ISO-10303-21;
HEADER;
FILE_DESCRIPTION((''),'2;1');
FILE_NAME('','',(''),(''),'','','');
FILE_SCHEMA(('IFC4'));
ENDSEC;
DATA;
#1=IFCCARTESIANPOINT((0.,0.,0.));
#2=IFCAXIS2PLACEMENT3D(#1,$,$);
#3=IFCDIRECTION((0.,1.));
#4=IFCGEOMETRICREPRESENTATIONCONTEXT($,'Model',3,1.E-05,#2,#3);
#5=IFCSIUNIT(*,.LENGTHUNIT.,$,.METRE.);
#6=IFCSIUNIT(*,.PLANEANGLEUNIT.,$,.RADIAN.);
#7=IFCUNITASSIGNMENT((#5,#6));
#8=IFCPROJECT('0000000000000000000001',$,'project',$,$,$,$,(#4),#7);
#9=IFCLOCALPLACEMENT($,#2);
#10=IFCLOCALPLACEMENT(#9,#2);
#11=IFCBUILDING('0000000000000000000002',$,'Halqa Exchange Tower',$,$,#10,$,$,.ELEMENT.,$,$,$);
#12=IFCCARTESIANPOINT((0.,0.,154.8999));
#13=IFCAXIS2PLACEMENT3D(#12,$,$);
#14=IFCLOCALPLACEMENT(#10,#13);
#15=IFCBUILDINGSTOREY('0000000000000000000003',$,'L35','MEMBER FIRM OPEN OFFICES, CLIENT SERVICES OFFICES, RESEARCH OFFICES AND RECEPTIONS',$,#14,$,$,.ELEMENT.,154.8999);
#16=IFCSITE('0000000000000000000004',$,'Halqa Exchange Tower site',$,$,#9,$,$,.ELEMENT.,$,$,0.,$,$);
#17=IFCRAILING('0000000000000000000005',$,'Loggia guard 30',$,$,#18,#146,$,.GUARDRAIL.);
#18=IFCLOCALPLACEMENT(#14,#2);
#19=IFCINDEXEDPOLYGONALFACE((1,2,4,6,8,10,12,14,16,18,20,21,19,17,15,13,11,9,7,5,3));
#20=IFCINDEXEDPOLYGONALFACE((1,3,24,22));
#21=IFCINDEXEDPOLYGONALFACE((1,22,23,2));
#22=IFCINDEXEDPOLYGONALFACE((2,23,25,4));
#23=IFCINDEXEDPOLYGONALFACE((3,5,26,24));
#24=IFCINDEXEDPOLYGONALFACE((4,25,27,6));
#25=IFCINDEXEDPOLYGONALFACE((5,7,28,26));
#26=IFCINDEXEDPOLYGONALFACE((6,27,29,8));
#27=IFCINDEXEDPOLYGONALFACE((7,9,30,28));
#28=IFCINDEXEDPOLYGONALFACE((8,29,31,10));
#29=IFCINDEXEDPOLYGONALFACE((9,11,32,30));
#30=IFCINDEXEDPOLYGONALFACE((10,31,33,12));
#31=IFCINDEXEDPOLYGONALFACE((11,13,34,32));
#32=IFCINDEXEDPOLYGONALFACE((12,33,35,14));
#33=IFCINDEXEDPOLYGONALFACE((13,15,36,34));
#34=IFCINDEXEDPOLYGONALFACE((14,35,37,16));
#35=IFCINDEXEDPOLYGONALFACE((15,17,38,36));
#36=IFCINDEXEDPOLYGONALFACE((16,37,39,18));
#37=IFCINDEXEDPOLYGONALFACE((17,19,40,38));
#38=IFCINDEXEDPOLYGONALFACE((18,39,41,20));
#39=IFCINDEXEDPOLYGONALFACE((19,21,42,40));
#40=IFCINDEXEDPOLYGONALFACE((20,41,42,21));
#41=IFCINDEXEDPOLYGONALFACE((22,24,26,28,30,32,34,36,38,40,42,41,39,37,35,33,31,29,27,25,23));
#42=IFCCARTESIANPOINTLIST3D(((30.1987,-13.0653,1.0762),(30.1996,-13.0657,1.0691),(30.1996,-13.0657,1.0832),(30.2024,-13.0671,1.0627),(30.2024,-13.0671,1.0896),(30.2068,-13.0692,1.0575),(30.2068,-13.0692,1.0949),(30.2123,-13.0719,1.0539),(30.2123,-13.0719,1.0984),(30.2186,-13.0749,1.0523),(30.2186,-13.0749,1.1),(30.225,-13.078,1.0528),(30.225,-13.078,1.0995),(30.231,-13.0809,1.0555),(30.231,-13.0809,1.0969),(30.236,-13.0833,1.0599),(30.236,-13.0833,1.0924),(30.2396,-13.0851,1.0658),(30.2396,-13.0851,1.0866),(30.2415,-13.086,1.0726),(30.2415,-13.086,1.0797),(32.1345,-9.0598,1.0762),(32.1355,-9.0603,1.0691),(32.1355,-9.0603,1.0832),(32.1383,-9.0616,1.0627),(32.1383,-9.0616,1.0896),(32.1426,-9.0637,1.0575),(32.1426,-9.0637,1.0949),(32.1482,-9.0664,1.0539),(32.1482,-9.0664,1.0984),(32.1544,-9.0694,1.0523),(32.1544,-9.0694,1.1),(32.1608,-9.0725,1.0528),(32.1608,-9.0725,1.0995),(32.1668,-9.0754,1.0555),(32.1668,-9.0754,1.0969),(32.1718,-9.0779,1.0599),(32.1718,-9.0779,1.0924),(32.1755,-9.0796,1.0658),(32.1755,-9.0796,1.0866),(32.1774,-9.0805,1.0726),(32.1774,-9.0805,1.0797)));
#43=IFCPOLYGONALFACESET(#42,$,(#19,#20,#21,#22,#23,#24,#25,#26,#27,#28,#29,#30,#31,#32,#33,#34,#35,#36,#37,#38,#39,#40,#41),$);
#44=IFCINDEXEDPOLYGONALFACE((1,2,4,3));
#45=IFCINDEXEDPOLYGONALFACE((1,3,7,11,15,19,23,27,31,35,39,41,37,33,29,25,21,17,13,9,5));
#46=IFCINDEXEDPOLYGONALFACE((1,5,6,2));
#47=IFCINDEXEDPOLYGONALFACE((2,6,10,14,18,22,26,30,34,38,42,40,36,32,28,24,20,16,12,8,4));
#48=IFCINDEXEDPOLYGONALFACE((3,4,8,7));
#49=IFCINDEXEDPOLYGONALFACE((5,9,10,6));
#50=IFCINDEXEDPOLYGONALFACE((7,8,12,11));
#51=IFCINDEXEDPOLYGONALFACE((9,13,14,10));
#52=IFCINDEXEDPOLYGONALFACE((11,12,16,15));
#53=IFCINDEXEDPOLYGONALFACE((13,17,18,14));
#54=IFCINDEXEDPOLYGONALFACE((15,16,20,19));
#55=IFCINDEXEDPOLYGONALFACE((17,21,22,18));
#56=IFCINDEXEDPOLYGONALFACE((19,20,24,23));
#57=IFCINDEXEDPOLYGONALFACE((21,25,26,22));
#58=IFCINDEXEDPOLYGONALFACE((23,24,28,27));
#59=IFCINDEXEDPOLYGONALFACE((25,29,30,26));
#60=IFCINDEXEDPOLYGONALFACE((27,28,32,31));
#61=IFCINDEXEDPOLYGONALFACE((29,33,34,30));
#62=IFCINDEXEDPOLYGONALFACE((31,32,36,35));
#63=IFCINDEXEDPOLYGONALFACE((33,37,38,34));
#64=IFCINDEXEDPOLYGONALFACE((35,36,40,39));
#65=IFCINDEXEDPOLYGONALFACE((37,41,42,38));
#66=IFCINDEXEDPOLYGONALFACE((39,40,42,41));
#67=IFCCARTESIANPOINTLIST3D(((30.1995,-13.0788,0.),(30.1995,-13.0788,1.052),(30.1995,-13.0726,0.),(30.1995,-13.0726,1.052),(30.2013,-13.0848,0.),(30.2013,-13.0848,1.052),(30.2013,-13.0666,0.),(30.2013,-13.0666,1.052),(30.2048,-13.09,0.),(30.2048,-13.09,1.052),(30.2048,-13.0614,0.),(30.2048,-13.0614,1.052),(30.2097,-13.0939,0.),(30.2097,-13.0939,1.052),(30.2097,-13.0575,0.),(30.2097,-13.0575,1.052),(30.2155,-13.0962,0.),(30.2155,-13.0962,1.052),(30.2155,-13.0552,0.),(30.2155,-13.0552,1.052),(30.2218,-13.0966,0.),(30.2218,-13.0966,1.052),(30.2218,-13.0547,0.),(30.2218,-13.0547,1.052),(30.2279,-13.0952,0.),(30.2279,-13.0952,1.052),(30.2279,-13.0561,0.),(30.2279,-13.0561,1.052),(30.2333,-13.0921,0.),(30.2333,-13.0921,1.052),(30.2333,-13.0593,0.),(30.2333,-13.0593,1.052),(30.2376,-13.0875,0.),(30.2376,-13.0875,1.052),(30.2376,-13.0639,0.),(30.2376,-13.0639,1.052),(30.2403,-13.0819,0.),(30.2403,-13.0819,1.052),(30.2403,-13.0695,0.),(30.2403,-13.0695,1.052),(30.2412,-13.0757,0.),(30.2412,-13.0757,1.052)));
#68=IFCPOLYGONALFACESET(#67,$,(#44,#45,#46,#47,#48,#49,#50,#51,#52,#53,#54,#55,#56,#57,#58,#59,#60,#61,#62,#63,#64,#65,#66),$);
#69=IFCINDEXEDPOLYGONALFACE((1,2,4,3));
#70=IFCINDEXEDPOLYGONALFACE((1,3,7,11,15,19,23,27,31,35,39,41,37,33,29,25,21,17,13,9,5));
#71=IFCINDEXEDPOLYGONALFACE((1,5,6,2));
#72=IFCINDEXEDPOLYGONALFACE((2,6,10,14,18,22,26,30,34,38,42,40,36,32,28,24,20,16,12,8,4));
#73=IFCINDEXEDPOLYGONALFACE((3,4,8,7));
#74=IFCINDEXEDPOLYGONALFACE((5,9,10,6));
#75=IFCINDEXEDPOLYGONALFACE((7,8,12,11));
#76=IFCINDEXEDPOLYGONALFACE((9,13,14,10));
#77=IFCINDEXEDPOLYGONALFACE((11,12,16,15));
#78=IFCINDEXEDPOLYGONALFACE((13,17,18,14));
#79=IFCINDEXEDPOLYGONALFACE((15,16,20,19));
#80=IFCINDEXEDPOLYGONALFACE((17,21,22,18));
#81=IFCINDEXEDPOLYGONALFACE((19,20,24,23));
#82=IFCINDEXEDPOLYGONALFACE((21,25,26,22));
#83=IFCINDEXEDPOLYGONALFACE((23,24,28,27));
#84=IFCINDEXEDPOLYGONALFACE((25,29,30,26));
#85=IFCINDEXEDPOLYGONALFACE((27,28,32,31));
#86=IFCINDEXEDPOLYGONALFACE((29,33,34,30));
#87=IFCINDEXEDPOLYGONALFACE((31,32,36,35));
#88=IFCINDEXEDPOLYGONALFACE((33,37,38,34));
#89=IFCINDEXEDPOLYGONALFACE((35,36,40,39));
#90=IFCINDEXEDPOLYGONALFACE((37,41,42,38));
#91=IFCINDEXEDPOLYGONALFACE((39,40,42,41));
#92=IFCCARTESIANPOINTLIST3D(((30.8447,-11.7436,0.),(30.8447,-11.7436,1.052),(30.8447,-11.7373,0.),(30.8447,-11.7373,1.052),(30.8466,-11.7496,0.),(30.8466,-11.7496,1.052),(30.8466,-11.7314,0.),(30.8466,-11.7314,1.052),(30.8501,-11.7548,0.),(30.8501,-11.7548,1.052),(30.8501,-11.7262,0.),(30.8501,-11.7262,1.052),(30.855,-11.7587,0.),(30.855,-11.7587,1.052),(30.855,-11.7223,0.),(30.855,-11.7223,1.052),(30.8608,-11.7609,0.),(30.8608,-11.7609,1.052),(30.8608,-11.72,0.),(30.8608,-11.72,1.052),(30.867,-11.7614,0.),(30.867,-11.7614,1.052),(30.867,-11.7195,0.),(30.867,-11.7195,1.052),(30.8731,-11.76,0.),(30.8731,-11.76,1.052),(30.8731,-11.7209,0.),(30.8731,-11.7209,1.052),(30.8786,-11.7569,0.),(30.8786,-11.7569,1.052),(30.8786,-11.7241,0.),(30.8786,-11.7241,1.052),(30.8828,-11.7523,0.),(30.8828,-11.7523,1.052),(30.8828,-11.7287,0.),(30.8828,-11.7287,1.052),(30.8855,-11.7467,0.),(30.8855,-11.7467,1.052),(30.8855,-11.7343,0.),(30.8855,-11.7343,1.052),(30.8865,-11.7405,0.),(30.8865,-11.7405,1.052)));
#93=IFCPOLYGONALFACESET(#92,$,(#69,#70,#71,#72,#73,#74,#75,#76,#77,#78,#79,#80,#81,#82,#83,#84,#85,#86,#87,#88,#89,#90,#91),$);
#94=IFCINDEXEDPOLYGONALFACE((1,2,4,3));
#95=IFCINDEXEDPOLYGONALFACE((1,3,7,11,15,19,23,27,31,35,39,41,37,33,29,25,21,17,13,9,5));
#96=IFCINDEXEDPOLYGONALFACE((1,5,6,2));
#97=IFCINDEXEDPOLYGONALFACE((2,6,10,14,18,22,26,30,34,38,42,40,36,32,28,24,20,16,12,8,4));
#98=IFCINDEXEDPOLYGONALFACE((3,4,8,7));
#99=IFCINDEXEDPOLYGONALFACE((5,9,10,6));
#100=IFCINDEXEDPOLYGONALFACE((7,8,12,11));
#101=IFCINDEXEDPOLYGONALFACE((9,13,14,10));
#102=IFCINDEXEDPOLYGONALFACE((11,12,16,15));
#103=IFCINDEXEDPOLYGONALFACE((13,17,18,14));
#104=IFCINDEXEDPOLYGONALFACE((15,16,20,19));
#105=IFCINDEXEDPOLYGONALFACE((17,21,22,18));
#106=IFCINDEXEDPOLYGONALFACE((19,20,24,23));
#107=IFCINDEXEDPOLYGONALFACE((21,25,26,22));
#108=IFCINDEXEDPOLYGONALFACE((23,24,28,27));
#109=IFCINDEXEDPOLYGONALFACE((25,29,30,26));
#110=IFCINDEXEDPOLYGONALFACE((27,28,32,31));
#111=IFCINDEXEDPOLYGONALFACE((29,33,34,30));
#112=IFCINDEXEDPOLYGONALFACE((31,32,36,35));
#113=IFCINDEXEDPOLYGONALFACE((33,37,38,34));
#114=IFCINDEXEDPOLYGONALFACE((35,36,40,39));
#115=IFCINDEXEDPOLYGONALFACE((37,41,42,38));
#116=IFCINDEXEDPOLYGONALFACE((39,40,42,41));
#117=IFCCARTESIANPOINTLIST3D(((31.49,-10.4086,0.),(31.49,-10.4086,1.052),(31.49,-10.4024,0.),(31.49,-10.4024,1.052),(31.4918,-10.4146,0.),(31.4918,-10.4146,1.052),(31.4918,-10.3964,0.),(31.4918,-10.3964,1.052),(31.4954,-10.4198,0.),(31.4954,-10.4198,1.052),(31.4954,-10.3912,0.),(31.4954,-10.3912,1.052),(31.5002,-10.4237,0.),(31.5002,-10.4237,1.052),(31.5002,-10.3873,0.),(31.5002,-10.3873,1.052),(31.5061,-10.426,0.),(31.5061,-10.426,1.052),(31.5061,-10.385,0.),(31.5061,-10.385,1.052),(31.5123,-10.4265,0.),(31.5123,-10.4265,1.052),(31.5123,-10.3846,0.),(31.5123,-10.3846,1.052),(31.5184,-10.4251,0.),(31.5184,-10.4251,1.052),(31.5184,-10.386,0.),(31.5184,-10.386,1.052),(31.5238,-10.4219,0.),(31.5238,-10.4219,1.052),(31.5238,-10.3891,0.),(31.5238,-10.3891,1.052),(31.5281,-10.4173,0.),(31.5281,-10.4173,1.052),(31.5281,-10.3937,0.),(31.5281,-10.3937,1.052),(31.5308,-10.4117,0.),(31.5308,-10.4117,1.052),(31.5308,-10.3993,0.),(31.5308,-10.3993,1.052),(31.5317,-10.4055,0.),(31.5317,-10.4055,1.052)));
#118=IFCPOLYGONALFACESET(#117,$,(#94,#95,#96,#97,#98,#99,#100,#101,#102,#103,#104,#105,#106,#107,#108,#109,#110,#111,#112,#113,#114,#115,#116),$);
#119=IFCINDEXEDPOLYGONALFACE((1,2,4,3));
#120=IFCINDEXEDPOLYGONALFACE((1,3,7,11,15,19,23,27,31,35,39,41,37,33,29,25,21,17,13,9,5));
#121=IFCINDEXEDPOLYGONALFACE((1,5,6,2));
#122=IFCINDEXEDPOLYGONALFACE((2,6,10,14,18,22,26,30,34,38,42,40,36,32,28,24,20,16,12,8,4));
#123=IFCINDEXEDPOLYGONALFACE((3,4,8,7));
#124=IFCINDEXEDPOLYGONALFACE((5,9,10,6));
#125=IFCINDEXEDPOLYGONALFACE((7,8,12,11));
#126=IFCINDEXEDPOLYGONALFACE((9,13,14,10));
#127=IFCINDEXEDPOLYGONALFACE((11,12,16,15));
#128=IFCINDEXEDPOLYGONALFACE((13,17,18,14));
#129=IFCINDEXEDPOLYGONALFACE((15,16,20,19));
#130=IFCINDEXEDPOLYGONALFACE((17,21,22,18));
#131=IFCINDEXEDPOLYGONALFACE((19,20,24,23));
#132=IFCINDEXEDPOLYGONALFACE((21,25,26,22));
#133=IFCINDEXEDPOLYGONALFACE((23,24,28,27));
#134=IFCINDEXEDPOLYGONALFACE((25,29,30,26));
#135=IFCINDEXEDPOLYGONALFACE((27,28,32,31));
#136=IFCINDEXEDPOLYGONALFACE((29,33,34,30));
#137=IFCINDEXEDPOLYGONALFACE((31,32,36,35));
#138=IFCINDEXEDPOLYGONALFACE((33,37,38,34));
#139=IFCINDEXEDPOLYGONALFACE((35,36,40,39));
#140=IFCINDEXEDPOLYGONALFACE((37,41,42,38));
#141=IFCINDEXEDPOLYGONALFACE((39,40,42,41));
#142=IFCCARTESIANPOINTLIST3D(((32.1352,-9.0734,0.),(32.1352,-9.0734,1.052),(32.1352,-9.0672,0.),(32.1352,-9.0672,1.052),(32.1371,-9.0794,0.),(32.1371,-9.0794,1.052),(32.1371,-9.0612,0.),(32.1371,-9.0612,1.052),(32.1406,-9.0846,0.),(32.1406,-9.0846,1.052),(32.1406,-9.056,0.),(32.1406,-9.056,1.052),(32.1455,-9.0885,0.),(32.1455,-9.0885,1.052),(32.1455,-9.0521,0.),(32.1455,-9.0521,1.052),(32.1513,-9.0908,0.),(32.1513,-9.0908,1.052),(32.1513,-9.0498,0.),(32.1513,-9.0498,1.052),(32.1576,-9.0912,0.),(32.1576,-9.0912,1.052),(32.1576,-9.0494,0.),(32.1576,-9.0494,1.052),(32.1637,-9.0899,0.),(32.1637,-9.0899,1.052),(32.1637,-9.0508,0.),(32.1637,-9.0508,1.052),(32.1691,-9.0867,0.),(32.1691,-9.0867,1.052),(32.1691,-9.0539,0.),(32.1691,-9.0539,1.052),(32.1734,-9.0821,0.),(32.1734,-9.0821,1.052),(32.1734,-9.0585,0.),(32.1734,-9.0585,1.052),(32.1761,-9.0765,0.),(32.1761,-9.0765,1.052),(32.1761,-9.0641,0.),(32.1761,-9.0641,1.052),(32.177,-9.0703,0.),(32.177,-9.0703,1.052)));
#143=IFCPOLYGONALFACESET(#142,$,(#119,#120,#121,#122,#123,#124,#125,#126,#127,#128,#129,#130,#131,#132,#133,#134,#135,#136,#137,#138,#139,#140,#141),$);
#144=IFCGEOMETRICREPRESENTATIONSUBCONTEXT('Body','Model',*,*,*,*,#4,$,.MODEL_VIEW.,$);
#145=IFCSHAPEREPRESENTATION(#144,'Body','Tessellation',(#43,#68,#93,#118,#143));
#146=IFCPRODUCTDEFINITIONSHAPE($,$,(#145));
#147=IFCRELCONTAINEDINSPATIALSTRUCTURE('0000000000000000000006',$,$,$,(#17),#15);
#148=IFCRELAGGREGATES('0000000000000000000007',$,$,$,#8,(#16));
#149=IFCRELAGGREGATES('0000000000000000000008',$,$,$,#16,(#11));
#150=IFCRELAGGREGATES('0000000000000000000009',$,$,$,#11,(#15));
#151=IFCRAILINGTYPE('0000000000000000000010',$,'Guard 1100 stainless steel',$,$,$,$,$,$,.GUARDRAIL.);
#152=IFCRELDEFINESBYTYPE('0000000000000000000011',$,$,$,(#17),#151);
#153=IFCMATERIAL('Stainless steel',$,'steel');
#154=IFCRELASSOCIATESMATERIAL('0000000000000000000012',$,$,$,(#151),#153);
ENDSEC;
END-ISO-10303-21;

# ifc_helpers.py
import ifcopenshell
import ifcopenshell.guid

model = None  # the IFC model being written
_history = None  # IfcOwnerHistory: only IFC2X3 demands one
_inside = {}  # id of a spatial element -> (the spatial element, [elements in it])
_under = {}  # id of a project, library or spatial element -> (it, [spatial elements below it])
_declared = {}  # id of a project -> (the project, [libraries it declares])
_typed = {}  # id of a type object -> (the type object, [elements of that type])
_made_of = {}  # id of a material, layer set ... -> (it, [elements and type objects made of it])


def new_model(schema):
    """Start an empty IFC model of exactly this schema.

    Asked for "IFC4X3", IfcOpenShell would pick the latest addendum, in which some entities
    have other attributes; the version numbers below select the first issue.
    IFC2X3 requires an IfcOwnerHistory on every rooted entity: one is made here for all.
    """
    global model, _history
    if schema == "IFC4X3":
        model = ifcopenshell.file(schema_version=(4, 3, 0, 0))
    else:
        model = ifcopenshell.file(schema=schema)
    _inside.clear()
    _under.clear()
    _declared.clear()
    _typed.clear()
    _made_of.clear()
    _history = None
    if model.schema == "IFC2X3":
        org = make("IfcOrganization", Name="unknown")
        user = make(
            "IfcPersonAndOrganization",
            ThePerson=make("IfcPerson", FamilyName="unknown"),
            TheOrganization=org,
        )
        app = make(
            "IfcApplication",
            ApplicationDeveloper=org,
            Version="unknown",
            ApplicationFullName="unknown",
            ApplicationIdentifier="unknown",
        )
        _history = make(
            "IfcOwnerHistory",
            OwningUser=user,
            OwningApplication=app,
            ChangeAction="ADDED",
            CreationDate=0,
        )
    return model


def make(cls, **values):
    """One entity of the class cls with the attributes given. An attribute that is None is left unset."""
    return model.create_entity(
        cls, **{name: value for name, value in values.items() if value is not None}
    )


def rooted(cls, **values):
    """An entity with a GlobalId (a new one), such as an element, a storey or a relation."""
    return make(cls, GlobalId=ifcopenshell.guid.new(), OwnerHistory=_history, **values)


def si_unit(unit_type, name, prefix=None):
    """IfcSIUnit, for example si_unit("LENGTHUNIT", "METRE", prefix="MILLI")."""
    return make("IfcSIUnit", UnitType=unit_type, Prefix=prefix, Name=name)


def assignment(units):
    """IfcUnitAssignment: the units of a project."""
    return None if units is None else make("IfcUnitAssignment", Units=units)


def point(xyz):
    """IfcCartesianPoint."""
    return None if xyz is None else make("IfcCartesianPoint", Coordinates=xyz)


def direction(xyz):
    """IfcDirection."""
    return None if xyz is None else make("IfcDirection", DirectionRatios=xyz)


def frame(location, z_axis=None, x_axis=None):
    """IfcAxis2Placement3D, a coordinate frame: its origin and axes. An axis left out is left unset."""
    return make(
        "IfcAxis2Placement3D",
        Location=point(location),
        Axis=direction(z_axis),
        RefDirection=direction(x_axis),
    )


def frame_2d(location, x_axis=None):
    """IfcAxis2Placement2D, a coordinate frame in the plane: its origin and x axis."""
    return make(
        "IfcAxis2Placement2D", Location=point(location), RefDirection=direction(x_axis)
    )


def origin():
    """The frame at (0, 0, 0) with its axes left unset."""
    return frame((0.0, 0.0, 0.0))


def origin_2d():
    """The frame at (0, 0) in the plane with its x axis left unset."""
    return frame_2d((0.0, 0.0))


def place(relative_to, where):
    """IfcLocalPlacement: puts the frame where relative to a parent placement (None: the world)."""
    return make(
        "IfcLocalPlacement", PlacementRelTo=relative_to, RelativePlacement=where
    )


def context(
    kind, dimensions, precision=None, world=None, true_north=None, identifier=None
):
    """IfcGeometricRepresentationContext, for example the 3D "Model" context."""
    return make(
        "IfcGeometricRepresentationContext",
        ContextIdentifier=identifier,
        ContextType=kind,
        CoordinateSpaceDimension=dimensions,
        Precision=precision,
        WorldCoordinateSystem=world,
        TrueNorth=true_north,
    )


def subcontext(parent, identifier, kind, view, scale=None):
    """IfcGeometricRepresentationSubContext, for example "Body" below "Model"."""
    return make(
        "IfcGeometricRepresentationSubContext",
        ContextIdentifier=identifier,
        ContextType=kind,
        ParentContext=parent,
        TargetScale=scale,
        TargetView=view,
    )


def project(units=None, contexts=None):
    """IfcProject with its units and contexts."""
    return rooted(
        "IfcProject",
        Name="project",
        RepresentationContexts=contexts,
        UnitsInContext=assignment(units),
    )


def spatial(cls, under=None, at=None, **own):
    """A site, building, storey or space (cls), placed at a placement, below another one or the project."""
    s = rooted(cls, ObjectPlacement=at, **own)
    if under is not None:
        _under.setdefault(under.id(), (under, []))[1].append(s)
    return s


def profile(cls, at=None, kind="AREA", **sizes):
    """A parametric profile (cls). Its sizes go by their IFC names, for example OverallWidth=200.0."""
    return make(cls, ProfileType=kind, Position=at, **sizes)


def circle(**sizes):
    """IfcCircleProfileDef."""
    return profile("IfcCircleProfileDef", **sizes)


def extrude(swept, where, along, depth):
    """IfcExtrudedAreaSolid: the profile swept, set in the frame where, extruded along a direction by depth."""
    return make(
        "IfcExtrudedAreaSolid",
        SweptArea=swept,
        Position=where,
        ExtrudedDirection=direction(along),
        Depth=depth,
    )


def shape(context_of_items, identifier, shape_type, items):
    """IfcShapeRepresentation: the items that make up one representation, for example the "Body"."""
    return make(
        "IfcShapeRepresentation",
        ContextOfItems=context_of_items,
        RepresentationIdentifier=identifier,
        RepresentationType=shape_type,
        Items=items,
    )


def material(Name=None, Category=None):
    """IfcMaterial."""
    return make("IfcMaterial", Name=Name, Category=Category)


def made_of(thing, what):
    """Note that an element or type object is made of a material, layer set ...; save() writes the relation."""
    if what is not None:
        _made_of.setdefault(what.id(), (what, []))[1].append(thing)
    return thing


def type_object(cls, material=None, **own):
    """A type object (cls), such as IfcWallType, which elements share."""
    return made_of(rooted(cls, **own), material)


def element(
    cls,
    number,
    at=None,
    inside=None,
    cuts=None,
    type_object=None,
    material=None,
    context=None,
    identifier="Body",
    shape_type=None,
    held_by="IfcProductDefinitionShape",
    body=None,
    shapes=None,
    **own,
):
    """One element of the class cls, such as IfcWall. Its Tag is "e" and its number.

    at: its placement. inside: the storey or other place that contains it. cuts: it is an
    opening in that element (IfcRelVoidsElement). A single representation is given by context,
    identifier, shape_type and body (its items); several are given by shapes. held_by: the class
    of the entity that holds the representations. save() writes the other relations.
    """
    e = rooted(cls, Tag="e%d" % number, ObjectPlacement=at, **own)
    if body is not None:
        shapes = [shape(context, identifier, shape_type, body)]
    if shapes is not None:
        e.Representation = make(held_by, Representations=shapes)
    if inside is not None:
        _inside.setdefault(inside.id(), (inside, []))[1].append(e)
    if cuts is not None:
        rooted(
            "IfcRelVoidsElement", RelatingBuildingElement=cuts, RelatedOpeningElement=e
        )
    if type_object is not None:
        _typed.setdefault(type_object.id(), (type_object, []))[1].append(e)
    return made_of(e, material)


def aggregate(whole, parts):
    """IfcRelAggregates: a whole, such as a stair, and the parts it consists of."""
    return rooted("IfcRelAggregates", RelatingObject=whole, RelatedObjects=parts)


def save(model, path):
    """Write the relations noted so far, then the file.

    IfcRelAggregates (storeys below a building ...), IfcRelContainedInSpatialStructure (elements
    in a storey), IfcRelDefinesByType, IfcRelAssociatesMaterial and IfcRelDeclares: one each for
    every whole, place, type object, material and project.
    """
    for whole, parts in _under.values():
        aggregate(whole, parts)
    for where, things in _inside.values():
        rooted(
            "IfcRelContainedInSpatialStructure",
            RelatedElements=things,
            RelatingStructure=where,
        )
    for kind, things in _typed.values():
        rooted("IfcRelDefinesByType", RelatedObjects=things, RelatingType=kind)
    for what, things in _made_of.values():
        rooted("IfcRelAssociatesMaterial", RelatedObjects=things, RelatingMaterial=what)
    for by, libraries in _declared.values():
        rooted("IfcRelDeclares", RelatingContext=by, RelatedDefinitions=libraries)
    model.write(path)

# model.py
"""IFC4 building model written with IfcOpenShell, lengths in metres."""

from ifc_helpers import new_model, si_unit, direction, frame, origin, origin_2d, place, context, subcontext, project, spatial, circle, extrude, material, type_object, element, save


model = new_model("IFC4")

# Units and contexts
model_context = context("Model", 3, precision=1e-05, world=origin(), true_north=direction((0.0, 1.0)))
body_context = subcontext(model_context, "Body", "Model", "MODEL_VIEW")
ifc_project = project(units=[si_unit("LENGTHUNIT", "METRE"), si_unit("PLANEANGLEUNIT", "RADIAN")], contexts=[model_context])

# Site, building, storey
site_placement = place(None, origin())
site = spatial("IfcSite", under=ifc_project, at=site_placement, Name="Halqa Exchange Tower site", CompositionType="ELEMENT", RefElevation=0.0)
building_placement = place(site_placement, origin())
building = spatial("IfcBuilding", under=site, at=building_placement, Name="Halqa Exchange Tower", CompositionType="ELEMENT")
storey_placement = place(building_placement, frame((0.0, 0.0, 154.8999)))
storey = spatial("IfcBuildingStorey", under=building, at=storey_placement, Name="L35", Description="MEMBER FIRM OPEN OFFICES, CLIENT SERVICES OFFICES, RESEARCH OFFICES AND RECEPTIONS", CompositionType="ELEMENT", Elevation=154.8999)

# Railing
ifc_material_1 = material(Name="Stainless steel", Category="steel")
railing_type = type_object("IfcRailingType", Name="Guard 1100 stainless steel", PredefinedType="GUARDRAIL", material=ifc_material_1)
railing_1_placement = place(storey_placement, frame((30.2202, -13.0757, 0.0)))
element("IfcRailing", 1, at=railing_1_placement, inside=storey, type_object=railing_type, Name="Loggia guard 30", PredefinedType="GUARDRAIL", context=body_context, shape_type="SweptSolid", body=[
    extrude(circle(Radius=0.0239, at=origin_2d()), frame((0.0, 0.0, 1.0762), z_axis=(0.435143, 0.900361, 0.0), x_axis=(-0.900361, 0.435143, 0.0)), (0.0, 0.0, 1.0), 4.4487),
    extrude(circle(Radius=0.021, at=origin_2d()), origin(), (0.0, 0.0, 1.0), 1.052),
    extrude(circle(Radius=0.021, at=origin_2d()), frame((0.6453, 1.3352, 0.0)), (0.0, 0.0, 1.0), 1.052),
    extrude(circle(Radius=0.021, at=origin_2d()), frame((1.2905, 2.6702, 0.0)), (0.0, 0.0, 1.0), 1.052),
    extrude(circle(Radius=0.021, at=origin_2d()), frame((1.9358, 4.0054, 0.0)), (0.0, 0.0, 1.0), 1.052),
])

save(model, "model.ifc")
